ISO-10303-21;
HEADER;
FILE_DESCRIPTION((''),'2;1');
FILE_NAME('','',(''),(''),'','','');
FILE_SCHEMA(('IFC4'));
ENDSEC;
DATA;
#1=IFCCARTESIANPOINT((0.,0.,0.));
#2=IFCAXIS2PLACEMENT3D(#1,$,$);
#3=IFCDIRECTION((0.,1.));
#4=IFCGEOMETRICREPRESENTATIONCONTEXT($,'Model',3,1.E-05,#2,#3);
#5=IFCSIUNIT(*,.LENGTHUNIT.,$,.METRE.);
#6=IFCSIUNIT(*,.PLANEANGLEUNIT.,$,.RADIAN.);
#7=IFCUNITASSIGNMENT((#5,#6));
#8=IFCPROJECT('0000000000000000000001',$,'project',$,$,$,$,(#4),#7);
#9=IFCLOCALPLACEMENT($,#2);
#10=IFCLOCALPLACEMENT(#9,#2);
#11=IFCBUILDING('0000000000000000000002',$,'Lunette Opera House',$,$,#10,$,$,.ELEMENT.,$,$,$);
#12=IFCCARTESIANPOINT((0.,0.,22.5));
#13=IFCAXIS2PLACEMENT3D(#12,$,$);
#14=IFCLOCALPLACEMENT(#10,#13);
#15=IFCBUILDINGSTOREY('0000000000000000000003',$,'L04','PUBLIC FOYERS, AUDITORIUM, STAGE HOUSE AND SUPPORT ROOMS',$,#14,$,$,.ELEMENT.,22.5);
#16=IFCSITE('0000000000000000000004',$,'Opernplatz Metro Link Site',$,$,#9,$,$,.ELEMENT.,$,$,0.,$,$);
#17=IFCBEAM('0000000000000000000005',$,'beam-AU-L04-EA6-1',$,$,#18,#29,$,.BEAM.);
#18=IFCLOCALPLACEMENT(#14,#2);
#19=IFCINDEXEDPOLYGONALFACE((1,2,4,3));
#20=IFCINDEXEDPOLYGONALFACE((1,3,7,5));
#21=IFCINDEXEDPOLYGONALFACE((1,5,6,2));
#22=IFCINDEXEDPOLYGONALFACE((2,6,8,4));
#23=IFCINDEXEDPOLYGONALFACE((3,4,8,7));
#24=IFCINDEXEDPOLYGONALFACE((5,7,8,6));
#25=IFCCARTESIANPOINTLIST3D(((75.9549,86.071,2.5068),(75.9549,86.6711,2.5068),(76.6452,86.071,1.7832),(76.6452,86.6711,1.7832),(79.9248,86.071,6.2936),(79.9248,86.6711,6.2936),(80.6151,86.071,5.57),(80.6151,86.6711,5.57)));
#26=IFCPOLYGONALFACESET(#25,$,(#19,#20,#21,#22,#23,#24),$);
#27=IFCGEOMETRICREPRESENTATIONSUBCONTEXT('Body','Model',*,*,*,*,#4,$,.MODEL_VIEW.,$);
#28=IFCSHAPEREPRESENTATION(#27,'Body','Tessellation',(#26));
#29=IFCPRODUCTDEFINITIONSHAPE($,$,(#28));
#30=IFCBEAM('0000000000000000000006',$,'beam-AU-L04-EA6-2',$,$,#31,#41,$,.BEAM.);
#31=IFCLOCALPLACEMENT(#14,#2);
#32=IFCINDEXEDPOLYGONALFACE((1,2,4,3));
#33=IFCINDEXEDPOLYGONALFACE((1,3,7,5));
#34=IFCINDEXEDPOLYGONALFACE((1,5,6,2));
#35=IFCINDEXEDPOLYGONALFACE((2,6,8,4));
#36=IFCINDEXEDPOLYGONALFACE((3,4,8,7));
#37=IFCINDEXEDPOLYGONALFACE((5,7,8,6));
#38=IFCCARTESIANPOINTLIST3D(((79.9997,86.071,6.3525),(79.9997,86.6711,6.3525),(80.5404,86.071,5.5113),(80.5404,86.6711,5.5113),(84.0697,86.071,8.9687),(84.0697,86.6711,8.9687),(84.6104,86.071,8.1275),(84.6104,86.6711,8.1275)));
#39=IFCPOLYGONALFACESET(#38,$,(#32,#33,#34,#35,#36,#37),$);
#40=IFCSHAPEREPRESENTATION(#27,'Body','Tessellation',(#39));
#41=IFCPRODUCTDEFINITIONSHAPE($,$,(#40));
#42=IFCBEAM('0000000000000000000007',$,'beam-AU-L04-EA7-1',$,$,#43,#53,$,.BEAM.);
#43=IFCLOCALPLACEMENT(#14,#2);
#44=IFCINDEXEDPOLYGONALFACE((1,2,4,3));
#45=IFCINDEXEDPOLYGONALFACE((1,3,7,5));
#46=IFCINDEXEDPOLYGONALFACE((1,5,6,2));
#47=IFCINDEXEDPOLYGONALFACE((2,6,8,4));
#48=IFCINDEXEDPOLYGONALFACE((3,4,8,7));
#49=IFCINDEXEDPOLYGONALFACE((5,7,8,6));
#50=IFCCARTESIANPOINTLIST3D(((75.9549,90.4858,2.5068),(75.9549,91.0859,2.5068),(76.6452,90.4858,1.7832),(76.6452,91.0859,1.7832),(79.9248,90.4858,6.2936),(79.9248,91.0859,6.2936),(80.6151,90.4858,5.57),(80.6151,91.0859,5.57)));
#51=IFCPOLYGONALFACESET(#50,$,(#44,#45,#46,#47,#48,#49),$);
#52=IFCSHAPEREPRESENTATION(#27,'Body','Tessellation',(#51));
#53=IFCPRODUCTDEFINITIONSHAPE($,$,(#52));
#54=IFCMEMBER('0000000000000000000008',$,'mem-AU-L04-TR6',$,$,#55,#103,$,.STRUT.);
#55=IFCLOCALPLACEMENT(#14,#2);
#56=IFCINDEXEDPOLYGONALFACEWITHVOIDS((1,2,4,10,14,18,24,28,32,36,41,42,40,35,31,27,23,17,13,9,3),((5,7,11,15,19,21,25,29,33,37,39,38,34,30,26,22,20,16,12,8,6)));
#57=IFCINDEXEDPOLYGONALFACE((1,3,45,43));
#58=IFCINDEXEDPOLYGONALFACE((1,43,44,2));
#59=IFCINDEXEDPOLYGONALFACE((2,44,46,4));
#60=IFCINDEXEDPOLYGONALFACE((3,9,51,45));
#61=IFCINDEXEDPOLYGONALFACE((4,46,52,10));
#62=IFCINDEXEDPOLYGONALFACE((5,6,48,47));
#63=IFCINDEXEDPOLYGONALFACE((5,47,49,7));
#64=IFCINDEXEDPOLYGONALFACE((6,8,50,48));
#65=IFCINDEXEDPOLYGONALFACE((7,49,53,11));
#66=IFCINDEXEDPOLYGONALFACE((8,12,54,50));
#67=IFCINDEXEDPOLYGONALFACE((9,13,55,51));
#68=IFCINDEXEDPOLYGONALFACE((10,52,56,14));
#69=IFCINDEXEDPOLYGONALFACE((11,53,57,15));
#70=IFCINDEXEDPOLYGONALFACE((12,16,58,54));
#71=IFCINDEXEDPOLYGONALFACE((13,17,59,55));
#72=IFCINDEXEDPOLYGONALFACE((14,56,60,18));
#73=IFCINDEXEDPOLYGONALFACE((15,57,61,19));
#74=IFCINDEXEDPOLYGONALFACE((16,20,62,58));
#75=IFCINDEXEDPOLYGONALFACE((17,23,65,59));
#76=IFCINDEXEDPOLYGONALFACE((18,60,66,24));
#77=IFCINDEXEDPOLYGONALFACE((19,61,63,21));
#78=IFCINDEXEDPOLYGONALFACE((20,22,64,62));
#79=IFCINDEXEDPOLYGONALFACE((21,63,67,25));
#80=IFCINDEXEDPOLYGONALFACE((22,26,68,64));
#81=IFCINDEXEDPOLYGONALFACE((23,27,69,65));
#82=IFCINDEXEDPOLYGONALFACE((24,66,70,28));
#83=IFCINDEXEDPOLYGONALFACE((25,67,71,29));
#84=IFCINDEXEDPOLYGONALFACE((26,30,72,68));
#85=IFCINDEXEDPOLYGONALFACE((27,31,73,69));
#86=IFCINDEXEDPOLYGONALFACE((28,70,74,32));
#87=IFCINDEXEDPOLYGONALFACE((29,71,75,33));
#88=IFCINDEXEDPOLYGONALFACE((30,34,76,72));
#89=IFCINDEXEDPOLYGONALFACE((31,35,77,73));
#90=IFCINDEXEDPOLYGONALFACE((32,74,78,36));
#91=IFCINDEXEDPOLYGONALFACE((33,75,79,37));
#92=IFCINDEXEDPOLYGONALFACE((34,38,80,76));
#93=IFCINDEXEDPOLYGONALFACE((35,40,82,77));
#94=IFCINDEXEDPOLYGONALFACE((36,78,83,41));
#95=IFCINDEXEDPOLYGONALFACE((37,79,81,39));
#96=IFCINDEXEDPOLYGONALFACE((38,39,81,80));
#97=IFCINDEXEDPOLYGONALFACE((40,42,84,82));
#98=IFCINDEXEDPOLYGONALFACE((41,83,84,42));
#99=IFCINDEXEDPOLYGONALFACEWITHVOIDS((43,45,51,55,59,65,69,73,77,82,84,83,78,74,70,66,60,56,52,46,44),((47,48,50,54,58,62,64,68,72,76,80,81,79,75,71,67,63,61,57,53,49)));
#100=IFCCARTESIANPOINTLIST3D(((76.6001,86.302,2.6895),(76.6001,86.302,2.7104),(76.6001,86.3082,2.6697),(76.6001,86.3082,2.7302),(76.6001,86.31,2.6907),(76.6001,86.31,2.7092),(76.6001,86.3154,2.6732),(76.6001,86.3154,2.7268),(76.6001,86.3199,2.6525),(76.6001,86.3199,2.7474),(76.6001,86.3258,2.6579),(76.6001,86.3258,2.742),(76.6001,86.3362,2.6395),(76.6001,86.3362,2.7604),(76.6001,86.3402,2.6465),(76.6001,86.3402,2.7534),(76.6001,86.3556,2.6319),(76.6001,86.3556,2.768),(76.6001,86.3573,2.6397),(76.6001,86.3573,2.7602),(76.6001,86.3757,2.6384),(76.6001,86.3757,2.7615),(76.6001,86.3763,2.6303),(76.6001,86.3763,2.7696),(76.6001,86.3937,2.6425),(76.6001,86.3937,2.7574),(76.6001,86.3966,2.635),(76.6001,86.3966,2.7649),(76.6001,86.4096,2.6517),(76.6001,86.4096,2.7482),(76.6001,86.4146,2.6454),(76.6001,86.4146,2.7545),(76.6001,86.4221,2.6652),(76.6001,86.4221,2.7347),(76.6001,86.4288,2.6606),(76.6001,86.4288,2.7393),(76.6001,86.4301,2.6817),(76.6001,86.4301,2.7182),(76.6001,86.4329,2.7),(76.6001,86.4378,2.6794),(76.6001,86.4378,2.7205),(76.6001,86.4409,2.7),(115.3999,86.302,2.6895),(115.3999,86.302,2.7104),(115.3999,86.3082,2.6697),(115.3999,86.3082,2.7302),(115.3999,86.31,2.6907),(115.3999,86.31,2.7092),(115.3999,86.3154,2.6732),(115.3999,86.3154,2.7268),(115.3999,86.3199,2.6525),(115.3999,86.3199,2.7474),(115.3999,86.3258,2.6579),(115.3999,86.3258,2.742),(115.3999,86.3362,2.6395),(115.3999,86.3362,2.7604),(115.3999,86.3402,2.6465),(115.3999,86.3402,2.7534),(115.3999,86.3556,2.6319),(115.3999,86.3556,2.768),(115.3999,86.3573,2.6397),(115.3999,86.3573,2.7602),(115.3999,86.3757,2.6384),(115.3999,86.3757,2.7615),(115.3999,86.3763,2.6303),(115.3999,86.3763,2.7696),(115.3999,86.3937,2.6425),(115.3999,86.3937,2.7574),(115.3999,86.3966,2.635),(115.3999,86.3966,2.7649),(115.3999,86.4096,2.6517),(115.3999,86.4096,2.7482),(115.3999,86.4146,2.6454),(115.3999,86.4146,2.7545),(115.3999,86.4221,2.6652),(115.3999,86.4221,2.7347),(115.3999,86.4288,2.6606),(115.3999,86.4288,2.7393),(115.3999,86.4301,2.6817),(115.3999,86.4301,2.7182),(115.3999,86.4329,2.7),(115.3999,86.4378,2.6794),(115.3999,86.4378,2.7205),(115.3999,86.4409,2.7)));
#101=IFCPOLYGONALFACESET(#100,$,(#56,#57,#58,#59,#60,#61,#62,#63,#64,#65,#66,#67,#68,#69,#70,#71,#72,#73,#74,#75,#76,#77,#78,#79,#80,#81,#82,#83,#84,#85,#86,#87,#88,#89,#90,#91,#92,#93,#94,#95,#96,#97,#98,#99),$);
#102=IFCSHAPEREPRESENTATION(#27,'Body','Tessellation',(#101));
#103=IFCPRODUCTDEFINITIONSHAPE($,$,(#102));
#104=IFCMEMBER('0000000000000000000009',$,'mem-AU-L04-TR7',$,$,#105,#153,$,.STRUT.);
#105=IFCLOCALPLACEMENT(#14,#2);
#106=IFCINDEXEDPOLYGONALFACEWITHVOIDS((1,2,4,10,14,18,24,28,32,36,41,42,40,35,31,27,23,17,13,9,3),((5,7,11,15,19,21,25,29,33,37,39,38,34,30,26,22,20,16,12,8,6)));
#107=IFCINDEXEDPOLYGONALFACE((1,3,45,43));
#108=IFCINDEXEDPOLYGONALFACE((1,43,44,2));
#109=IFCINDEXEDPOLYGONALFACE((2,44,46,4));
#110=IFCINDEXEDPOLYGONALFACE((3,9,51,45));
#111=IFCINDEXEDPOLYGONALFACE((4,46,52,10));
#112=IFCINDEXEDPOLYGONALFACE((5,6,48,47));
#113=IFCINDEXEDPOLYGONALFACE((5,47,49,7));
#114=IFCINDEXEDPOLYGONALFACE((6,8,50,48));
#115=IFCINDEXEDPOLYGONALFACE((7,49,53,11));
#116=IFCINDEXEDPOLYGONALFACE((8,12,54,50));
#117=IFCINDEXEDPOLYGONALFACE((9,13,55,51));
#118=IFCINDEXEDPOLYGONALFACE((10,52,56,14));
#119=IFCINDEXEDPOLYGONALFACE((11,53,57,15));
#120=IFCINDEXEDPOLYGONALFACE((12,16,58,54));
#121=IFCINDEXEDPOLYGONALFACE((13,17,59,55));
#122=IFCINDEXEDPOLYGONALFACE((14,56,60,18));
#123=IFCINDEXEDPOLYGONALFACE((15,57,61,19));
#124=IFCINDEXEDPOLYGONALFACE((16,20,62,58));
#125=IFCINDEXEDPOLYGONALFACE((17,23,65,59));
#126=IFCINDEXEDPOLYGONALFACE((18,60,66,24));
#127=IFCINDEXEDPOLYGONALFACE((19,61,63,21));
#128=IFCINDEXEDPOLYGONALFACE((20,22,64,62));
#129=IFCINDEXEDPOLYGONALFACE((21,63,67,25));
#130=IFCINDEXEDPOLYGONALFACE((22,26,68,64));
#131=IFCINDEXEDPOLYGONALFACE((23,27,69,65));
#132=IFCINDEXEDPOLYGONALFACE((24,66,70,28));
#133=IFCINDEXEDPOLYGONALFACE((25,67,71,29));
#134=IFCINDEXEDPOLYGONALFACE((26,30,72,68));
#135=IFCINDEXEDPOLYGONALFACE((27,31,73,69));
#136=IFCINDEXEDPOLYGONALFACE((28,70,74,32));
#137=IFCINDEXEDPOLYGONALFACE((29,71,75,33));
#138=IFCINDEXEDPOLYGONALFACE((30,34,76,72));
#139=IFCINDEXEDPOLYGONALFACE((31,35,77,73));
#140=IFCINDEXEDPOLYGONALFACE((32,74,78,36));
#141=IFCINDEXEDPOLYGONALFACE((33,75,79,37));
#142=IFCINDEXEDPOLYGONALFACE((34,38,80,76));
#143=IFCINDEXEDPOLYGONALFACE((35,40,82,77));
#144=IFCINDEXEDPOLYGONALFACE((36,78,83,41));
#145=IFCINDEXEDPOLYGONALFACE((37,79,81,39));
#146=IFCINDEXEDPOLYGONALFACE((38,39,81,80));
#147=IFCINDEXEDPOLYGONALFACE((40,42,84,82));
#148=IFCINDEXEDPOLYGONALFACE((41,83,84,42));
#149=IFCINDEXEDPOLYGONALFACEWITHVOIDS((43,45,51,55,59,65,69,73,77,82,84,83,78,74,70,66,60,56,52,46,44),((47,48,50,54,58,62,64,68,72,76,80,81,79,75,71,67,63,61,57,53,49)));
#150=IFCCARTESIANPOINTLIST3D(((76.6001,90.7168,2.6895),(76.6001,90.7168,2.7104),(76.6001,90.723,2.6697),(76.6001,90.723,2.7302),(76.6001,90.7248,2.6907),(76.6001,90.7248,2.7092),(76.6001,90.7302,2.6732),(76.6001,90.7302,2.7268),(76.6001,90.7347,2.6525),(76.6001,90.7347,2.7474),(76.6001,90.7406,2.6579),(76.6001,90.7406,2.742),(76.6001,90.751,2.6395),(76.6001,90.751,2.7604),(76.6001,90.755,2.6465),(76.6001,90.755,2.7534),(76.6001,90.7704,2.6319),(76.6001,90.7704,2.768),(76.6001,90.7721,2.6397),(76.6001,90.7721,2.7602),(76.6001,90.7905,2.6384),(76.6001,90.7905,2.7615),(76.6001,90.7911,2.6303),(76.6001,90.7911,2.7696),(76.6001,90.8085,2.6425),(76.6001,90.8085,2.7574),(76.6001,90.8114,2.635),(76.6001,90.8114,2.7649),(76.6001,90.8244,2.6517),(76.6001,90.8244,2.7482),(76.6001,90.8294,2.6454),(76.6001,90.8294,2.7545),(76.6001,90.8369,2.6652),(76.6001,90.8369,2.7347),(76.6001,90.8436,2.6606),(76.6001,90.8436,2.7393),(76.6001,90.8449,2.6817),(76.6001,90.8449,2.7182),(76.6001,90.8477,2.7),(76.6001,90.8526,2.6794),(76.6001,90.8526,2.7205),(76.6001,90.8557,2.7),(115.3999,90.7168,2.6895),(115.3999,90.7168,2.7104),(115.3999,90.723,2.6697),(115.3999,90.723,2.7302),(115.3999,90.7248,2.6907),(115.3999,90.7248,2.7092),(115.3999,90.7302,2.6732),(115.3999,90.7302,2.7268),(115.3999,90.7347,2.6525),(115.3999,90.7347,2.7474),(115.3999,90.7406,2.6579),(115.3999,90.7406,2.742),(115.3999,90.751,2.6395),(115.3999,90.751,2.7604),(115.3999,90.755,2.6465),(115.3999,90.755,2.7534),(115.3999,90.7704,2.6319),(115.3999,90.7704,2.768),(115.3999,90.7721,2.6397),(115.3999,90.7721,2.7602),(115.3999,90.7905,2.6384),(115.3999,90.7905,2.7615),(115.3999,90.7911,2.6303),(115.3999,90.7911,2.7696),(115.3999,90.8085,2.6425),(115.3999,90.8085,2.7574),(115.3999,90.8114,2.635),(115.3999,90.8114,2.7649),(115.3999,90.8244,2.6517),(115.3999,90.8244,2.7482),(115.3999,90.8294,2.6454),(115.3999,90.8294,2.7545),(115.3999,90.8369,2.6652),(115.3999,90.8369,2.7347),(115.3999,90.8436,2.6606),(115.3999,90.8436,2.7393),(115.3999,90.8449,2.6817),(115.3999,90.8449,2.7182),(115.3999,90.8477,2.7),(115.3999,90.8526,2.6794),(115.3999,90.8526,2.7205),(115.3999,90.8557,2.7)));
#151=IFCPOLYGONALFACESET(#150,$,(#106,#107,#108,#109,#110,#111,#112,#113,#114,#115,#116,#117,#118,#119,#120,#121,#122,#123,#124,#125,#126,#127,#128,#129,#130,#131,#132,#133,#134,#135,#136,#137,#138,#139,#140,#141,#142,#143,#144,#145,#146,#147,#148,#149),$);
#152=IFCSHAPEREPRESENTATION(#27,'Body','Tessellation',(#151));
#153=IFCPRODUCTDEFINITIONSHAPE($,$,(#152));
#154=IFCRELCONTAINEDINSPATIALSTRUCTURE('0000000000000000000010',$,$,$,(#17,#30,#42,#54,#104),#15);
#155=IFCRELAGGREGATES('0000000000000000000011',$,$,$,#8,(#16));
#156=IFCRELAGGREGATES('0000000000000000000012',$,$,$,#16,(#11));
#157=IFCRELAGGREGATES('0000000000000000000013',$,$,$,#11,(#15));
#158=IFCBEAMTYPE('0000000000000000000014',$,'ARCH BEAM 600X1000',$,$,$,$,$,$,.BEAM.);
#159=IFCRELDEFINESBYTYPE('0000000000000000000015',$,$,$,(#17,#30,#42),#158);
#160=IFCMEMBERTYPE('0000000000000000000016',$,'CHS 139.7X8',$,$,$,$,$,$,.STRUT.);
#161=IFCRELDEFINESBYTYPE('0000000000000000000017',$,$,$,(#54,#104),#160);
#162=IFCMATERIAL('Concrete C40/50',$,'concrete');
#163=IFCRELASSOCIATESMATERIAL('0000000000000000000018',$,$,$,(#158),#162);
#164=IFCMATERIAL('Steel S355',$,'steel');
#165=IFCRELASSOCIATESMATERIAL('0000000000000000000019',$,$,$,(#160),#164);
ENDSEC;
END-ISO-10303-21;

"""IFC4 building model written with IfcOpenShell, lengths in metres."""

from ifc_helpers import new_model, si_unit, direction, frame, origin, origin_2d, place, context, subcontext, project, spatial, rectangle, hollow_circle, extrude, material, material_profile, profile_set, type_object, element, save


model = new_model("IFC4")

# Units and contexts
model_context = context("Model", 3, precision=1e-05, world=origin(), true_north=direction((0.0, 1.0)))
body_context = subcontext(model_context, "Body", "Model", "MODEL_VIEW")
ifc_project = project(units=[si_unit("LENGTHUNIT", "METRE"), si_unit("PLANEANGLEUNIT", "RADIAN")], contexts=[model_context])

# Site, building, storey
site_placement = place(None, origin())
site = spatial("IfcSite", under=ifc_project, at=site_placement, Name="Opernplatz Metro Link Site", CompositionType="ELEMENT", RefElevation=0.0)
building_placement = place(site_placement, origin())
building = spatial("IfcBuilding", under=site, at=building_placement, Name="Lunette Opera House", CompositionType="ELEMENT")
storey_placement = place(building_placement, frame((0.0, 0.0, 22.5)))
storey = spatial("IfcBuildingStorey", under=building, at=storey_placement, Name="L04", Description="PUBLIC FOYERS, AUDITORIUM, STAGE HOUSE AND SUPPORT ROOMS", CompositionType="ELEMENT", Elevation=22.5)

# Beams
ifc_material_1 = material(Name="Concrete C40/50", Category="concrete")
ifc_material_profile_1 = material_profile(ifc_material_1, rectangle(XDim=0.6001, YDim=1.0, at=origin_2d()), Name="ARCH BEAM 600X1000")
ifc_profile_set_1 = profile_set([ifc_material_profile_1], Name="Concrete C40/50")
beam_type_1 = type_object("IfcBeamType", Name="ARCH BEAM 600X1000", PredefinedType="BEAM", material=ifc_profile_set_1)
beam_1_placement = place(storey_placement, frame((76.3, 86.3711, 2.145), z_axis=(0.723597, 0.0, 0.690223), x_axis=(0.0, 1.0, 0.0)))
element("IfcBeam", 1, at=beam_1_placement, inside=storey, type_object=beam_type_1, Name="beam-AU-L04-EA6-1", PredefinedType="BEAM", context=body_context, shape_type="SweptSolid", body=[
    extrude(rectangle(XDim=0.6001, YDim=1.0, at=origin_2d()), origin(), (0.0, 0.0, 1.0), 5.4863),
])
beam_2_placement = place(storey_placement, frame((80.27, 86.3711, 5.9319), z_axis=(0.841203, 0.0, 0.540719), x_axis=(0.0, 1.0, 0.0)))
element("IfcBeam", 2, at=beam_2_placement, inside=storey, type_object=beam_type_1, Name="beam-AU-L04-EA6-2", PredefinedType="BEAM", context=body_context, shape_type="SweptSolid", body=[
    extrude(rectangle(XDim=0.6001, YDim=1.0, at=origin_2d()), origin(), (0.0, 0.0, 1.0), 4.8384),
])
beam_3_placement = place(storey_placement, frame((76.3, 90.7859, 2.145), z_axis=(0.723597, 0.0, 0.690223), x_axis=(0.0, 1.0, 0.0)))
element("IfcBeam", 3, at=beam_3_placement, inside=storey, type_object=beam_type_1, Name="beam-AU-L04-EA7-1", PredefinedType="BEAM", context=body_context, shape_type="SweptSolid", body=[
    extrude(rectangle(XDim=0.6001, YDim=1.0, at=origin_2d()), origin(), (0.0, 0.0, 1.0), 5.4863),
])

# Members
ifc_material_2 = material(Name="Steel S355", Category="steel")
ifc_material_profile_2 = material_profile(ifc_material_2, hollow_circle(Radius=0.0698, WallThickness=0.0081, at=origin_2d()), Name="CHS 139.7X8")
ifc_profile_set_2 = profile_set([ifc_material_profile_2], Name="Steel S355")
member_type_1 = type_object("IfcMemberType", Name="CHS 139.7X8", PredefinedType="STRUT", material=ifc_profile_set_2)
for number, where, z_axis, x_axis, name in (
    (4, (76.6001, 86.3711, 2.7), (1.0, 0.0, 0.0), (0.0, 1.0, 0.0), "mem-AU-L04-TR6"),
    (5, (76.6001, 90.7859, 2.7), (1.0, 0.0, 0.0), (0.0, 1.0, 0.0), "mem-AU-L04-TR7"),
):
    element("IfcMember", number, at=place(storey_placement, frame(where, z_axis=z_axis, x_axis=x_axis)), inside=storey, type_object=member_type_1, Name=name, PredefinedType="STRUT", context=body_context, shape_type="SweptSolid", body=[
        extrude(hollow_circle(Radius=0.0698, WallThickness=0.0081, at=origin_2d()), origin(), (0.0, 0.0, 1.0), 38.7998),
    ])

save(model, "model.ifc")
